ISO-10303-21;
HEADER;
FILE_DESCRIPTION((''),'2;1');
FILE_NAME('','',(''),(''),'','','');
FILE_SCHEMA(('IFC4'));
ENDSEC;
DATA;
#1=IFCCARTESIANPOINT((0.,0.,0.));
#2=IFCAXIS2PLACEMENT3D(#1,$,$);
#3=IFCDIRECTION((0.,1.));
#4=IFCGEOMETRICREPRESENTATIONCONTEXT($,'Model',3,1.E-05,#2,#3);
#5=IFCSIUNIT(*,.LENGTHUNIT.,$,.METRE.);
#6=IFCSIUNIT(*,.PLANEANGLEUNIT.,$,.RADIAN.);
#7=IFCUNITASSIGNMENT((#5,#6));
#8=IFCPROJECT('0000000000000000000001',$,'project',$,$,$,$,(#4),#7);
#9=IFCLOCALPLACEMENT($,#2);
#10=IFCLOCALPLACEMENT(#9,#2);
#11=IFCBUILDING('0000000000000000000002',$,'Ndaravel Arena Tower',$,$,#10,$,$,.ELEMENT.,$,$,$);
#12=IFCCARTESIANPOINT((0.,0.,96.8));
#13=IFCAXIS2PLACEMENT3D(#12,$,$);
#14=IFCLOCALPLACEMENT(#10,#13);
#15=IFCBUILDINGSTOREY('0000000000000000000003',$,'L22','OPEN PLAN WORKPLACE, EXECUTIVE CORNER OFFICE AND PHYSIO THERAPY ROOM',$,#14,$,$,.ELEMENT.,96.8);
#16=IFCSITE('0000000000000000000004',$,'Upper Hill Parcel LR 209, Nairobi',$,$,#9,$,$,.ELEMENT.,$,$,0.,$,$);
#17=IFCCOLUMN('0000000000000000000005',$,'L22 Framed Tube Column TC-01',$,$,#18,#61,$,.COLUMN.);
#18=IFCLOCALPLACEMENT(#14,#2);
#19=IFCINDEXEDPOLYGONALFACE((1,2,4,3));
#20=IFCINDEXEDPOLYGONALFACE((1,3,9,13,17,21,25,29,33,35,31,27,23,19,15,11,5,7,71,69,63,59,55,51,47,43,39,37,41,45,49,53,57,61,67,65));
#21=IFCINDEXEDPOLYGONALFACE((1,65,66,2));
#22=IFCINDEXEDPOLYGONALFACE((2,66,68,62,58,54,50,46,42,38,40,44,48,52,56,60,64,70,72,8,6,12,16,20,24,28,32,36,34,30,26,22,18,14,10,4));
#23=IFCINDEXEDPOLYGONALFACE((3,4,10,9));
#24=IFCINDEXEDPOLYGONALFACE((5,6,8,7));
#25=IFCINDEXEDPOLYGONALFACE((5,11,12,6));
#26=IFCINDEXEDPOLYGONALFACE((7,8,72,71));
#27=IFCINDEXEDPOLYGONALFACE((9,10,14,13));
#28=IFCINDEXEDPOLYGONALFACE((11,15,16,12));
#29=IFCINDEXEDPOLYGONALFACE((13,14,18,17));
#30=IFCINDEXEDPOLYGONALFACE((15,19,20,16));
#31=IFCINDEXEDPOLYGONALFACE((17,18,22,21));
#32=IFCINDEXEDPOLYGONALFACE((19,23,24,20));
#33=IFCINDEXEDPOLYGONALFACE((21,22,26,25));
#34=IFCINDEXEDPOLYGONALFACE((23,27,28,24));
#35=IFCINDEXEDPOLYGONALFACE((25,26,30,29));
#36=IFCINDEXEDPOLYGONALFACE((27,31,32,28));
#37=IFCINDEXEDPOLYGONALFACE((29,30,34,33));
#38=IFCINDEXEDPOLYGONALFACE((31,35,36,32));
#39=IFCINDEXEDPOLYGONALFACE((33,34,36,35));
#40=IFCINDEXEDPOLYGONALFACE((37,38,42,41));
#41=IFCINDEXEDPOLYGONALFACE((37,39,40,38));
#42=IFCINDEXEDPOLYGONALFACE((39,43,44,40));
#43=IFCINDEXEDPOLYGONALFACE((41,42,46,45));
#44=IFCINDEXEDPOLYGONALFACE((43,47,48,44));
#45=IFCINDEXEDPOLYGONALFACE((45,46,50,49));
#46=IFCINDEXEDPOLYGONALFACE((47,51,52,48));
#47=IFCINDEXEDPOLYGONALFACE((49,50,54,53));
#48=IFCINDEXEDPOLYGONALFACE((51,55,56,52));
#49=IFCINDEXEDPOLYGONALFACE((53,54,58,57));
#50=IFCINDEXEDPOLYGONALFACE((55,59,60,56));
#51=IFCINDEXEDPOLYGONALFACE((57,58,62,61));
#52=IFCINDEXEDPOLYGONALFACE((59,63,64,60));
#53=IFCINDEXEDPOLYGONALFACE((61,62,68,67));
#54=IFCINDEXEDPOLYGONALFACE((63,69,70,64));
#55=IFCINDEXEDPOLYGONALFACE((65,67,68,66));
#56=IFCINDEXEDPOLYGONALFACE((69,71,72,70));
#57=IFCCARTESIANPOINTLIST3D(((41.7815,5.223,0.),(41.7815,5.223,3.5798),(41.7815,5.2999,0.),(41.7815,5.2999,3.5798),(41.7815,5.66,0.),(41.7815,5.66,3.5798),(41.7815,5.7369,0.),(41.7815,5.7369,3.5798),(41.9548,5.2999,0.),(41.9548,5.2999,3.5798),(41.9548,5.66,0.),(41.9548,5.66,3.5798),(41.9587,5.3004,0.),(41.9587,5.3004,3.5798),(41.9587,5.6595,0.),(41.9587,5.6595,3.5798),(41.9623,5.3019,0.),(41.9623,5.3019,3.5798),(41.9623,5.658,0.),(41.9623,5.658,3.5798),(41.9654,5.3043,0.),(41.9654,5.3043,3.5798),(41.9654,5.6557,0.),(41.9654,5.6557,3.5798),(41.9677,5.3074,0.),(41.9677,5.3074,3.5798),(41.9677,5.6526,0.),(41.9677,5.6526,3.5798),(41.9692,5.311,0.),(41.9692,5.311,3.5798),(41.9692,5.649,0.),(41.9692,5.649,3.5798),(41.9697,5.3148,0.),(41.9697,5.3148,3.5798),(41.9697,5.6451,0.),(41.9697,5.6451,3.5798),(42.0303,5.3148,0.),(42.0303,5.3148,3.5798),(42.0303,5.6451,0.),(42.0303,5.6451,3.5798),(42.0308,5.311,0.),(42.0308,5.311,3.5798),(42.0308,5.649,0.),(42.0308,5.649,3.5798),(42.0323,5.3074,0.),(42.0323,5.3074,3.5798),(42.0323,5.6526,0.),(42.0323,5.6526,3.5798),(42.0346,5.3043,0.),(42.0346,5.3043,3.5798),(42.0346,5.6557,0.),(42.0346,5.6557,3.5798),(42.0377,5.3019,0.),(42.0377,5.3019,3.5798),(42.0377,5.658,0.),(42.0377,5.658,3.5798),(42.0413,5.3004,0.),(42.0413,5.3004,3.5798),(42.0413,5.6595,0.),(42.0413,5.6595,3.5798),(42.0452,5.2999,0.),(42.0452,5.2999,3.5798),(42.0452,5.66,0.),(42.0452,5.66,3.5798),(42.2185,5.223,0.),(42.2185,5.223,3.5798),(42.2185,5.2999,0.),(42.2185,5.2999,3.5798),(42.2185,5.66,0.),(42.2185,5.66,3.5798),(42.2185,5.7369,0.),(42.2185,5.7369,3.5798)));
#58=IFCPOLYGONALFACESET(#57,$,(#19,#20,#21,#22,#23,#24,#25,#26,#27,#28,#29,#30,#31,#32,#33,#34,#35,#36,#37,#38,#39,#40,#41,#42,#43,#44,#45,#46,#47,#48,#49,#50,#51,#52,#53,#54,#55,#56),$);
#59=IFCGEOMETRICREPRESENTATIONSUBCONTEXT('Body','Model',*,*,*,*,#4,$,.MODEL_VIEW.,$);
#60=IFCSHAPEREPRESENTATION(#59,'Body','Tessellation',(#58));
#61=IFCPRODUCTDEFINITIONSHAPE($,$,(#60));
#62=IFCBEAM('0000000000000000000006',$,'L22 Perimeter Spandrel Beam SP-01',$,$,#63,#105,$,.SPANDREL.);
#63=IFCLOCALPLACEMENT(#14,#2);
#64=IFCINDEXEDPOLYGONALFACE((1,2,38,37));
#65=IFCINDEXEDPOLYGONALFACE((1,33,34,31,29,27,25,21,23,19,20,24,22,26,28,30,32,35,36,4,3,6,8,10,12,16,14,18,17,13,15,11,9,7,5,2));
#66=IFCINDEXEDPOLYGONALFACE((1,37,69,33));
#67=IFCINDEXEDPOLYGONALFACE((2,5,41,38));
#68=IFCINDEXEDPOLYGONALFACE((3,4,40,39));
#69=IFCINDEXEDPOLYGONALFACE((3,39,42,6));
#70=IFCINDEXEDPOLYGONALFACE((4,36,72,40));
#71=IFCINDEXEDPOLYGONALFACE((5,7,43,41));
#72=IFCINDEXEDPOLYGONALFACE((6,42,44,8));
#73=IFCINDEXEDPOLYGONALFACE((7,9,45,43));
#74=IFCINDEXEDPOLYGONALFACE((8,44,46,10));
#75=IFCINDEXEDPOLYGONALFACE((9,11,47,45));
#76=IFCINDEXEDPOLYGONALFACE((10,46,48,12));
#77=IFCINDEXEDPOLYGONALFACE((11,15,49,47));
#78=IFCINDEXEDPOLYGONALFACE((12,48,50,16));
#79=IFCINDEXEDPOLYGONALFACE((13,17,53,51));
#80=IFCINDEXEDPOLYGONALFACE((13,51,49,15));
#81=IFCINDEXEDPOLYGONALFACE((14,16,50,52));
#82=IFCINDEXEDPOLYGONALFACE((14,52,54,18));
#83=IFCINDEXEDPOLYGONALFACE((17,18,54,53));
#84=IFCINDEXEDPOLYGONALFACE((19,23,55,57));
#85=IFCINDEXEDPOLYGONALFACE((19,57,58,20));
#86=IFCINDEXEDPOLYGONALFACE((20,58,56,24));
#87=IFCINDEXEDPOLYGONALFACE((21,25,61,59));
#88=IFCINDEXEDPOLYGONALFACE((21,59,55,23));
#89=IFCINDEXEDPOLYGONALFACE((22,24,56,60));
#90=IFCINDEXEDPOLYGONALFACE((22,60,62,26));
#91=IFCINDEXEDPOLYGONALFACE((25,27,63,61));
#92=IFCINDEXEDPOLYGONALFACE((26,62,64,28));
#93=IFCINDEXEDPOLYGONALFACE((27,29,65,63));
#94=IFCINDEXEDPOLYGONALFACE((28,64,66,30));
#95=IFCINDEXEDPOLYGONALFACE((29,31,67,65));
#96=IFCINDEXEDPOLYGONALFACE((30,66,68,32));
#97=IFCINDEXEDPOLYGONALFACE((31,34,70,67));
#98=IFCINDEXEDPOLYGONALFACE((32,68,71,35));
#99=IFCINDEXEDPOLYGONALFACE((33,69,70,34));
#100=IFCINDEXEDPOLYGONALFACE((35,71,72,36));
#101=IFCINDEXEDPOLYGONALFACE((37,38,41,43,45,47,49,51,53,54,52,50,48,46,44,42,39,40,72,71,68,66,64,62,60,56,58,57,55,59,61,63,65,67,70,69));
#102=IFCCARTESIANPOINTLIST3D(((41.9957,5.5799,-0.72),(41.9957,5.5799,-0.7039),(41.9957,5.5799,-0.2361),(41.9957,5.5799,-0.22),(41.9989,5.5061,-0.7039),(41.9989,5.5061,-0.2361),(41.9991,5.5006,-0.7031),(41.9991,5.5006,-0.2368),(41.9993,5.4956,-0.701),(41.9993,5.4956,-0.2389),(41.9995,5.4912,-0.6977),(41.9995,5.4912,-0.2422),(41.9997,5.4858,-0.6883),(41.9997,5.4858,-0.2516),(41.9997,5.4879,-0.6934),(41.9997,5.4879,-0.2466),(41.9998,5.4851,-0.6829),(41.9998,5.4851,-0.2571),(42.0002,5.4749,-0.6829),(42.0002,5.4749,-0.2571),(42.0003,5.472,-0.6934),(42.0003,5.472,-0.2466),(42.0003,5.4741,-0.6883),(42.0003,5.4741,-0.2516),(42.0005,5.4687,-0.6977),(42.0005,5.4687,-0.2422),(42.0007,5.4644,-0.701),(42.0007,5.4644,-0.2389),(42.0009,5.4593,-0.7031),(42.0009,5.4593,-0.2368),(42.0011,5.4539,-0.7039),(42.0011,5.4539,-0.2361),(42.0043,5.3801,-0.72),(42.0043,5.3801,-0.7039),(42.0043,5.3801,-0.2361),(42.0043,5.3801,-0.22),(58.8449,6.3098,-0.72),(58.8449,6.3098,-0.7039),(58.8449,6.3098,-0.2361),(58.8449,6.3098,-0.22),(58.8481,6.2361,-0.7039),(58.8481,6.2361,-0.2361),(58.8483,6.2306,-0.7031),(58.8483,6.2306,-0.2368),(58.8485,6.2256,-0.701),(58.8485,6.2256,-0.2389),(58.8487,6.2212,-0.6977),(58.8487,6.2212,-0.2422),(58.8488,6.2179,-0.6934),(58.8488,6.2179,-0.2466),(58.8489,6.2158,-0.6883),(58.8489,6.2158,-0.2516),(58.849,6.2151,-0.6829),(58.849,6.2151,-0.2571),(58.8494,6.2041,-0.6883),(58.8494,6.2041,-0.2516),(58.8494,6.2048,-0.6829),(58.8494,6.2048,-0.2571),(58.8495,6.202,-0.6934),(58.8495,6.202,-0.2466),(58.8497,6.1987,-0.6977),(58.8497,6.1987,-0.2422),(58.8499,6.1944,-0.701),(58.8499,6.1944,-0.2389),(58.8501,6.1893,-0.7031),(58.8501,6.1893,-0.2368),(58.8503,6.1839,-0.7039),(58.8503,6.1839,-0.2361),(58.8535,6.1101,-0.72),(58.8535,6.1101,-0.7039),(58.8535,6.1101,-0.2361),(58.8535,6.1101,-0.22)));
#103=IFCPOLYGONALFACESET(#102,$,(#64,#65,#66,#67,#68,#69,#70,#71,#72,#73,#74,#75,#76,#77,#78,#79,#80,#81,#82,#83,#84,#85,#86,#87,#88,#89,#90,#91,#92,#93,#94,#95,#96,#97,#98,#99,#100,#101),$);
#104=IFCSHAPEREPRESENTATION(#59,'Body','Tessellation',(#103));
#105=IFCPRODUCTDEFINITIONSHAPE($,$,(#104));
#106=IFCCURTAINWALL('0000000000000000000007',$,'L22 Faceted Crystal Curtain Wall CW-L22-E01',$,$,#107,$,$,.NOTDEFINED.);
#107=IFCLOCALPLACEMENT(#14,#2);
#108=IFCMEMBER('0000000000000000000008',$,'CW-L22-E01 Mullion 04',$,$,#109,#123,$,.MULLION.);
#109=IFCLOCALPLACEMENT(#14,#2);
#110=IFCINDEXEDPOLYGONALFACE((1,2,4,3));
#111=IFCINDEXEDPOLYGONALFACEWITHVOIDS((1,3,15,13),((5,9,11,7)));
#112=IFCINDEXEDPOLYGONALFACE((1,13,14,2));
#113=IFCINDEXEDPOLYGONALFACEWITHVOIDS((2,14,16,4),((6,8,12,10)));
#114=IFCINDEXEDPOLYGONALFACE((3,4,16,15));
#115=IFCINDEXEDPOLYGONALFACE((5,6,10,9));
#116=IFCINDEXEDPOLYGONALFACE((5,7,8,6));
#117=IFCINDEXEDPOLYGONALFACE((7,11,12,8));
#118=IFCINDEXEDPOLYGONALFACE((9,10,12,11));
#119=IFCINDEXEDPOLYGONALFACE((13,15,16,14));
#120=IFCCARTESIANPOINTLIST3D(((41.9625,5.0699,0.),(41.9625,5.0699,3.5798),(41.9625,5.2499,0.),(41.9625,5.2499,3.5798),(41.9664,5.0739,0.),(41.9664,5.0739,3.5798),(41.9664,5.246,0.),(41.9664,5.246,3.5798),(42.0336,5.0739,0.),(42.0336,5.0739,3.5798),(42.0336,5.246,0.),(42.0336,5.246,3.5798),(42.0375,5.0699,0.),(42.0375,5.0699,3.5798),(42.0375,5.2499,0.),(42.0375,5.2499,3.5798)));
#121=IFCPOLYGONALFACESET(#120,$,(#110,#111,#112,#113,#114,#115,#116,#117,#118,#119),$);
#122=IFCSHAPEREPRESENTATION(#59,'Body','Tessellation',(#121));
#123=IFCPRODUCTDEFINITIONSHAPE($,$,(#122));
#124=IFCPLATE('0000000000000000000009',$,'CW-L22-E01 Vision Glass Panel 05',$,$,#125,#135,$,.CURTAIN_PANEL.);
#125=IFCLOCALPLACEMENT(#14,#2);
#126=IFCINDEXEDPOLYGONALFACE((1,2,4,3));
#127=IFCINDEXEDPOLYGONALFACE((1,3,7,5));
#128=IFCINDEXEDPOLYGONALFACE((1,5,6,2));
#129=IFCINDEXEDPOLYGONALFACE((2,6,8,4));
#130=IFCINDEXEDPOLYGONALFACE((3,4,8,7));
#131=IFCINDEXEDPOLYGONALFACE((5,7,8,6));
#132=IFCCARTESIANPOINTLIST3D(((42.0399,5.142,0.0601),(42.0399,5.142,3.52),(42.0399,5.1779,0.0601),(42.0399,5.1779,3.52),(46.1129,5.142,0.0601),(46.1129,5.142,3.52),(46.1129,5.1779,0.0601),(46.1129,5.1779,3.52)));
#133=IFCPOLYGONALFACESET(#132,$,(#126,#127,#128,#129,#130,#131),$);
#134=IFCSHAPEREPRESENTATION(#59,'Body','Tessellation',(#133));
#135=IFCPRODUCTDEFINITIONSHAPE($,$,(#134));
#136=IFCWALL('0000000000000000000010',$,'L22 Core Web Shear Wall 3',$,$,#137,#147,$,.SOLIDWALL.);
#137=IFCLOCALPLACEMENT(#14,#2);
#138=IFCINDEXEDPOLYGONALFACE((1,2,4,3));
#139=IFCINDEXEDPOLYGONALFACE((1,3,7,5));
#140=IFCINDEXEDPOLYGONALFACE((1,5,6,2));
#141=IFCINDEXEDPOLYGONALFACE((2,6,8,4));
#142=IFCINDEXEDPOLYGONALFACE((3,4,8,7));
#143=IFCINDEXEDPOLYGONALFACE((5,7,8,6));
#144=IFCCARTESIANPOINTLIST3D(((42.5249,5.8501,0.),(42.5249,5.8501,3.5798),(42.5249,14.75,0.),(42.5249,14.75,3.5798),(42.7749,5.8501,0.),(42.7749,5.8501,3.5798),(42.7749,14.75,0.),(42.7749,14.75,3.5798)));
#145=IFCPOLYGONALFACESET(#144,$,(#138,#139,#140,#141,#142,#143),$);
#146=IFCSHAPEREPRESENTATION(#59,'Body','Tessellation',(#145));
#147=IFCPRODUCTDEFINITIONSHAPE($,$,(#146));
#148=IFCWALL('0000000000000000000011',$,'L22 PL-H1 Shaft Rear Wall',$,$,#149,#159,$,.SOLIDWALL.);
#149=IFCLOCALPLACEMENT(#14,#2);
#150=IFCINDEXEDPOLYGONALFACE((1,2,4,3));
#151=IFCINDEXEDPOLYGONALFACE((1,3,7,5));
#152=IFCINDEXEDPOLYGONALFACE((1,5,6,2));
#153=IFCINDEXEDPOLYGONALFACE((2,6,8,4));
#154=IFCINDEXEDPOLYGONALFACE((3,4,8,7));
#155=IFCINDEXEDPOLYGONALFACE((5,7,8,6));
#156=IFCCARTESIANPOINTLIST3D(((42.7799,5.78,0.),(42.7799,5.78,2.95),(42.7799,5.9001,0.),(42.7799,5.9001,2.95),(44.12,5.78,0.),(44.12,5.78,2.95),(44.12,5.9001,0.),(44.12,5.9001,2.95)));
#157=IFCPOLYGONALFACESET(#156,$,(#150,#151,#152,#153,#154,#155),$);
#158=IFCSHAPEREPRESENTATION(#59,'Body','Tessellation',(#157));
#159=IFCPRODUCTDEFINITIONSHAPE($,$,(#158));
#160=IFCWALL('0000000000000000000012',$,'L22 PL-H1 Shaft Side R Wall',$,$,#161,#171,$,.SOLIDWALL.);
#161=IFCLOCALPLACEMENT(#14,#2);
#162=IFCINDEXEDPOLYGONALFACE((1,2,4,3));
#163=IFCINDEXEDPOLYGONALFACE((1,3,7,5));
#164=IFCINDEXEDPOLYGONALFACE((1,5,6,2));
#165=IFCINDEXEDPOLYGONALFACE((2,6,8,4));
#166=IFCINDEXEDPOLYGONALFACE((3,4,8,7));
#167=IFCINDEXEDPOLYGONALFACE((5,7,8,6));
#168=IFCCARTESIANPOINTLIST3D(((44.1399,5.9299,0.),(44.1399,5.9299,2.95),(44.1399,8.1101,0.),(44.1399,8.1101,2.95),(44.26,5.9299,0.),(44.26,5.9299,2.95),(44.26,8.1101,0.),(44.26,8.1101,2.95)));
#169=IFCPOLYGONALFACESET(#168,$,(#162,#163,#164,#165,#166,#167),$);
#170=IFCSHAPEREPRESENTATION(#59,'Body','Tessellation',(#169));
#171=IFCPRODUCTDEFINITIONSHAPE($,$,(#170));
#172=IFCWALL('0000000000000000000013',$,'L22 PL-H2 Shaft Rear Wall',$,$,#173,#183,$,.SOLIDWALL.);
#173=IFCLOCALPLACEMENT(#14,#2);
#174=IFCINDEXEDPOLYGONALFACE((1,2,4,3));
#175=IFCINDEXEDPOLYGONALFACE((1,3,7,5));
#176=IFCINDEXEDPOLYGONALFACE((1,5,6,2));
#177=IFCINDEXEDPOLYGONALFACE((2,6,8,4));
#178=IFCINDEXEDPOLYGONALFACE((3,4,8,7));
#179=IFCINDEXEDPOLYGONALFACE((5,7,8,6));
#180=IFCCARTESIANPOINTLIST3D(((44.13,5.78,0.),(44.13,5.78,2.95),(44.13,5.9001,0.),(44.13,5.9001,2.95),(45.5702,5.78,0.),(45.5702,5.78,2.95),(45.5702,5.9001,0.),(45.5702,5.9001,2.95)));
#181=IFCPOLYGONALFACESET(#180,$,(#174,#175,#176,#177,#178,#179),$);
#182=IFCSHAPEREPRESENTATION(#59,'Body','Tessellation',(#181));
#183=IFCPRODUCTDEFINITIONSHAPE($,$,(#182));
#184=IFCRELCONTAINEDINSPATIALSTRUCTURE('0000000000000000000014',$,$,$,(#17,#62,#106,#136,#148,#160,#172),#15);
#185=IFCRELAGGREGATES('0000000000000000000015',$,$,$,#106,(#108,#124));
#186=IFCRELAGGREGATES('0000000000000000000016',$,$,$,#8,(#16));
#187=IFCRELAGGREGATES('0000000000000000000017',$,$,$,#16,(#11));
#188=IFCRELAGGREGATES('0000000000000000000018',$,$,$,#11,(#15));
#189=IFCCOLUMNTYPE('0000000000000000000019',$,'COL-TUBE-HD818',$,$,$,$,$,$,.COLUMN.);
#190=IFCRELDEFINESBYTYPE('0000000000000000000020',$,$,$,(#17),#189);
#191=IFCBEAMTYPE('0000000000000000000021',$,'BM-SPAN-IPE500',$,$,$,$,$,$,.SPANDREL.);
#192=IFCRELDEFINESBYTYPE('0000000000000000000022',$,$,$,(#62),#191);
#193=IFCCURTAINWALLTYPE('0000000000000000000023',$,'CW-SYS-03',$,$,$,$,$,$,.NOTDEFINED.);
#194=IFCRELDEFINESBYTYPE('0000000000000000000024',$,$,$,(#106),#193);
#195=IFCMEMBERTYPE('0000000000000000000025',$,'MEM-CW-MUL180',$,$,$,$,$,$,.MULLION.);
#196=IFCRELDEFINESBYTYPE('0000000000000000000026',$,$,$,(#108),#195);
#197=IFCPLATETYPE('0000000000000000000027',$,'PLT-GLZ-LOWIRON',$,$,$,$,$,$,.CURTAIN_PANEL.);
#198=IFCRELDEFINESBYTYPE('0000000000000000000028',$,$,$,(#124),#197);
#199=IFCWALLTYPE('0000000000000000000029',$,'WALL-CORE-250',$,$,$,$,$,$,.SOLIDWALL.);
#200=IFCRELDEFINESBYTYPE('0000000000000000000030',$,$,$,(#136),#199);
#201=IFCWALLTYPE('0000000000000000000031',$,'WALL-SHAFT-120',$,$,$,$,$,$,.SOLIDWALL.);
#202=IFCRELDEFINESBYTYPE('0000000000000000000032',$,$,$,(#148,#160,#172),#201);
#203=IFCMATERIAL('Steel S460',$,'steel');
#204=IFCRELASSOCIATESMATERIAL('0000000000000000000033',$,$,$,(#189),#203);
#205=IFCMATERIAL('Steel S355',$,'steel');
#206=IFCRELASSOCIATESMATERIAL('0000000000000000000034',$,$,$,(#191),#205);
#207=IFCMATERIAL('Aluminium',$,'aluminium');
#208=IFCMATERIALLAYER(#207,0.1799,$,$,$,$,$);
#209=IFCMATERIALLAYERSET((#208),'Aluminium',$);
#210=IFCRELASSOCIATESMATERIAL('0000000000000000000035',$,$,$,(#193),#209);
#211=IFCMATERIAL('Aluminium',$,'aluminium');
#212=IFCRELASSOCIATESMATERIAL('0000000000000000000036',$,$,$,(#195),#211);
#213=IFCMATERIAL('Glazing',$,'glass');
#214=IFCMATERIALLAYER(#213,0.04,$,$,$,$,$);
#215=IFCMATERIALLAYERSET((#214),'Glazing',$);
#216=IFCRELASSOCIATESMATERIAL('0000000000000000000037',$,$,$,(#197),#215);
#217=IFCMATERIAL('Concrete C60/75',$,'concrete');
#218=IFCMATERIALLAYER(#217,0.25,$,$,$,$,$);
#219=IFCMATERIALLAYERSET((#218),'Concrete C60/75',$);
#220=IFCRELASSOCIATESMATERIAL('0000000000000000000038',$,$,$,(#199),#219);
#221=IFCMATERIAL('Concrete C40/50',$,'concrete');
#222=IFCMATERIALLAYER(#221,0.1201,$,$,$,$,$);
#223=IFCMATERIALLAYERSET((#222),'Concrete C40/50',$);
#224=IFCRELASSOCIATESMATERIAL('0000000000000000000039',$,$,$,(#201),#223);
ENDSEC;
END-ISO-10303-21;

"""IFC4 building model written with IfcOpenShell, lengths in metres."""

from ifc_helpers import new_model, si_unit, direction, frame, frame_2d, origin, origin_2d, place, context, subcontext, project, spatial, rectangle, hollow_rectangle, i_section, extrude, material, layer, layer_set, material_profile, profile_set, type_object, element, aggregate, save


model = new_model("IFC4")

# Units and contexts
model_context = context("Model", 3, precision=1e-05, world=origin(), true_north=direction((0.0, 1.0)))
body_context = subcontext(model_context, "Body", "Model", "MODEL_VIEW")
ifc_project = project(units=[si_unit("LENGTHUNIT", "METRE"), si_unit("PLANEANGLEUNIT", "RADIAN")], contexts=[model_context])

# Site, building, storey
site_placement = place(None, origin())
site = spatial("IfcSite", under=ifc_project, at=site_placement, Name="Upper Hill Parcel LR 209, Nairobi", CompositionType="ELEMENT", RefElevation=0.0)
building_placement = place(site_placement, origin())
building = spatial("IfcBuilding", under=site, at=building_placement, Name="Ndaravel Arena Tower", CompositionType="ELEMENT")
storey_placement = place(building_placement, frame((0.0, 0.0, 96.8)))
storey = spatial("IfcBuildingStorey", under=building, at=storey_placement, Name="L22", Description="OPEN PLAN WORKPLACE, EXECUTIVE CORNER OFFICE AND PHYSIO THERAPY ROOM", CompositionType="ELEMENT", Elevation=96.8)

# Column
ifc_material_1 = material(Name="Steel S460", Category="steel")
ifc_material_profile_1 = material_profile(ifc_material_1, i_section(OverallWidth=0.437, OverallDepth=0.5139, WebThickness=0.0605, FlangeThickness=0.0769, FilletRadius=0.0149, at=origin_2d()), Name="HD 400x818")
ifc_profile_set_1 = profile_set([ifc_material_profile_1], Name="Steel S460")
column_type = type_object("IfcColumnType", Name="COL-TUBE-HD818", PredefinedType="COLUMN", material=ifc_profile_set_1)
column_placement = place(storey_placement, frame((42.0, 5.48, 0.0), z_axis=(0.0, 0.0, 1.0), x_axis=(1.0, 0.0, 0.0)))
element("IfcColumn", 1, at=column_placement, inside=storey, type_object=column_type, Name="L22 Framed Tube Column TC-01", PredefinedType="COLUMN", context=body_context, shape_type="SweptSolid", body=[
    extrude(i_section(OverallWidth=0.437, OverallDepth=0.5139, WebThickness=0.0605, FlangeThickness=0.0769, FilletRadius=0.0149, at=origin_2d()), origin(), (0.0, 0.0, 1.0), 3.5798),
])

# Beam
ifc_material_2 = material(Name="Steel S355", Category="steel")
ifc_material_profile_2 = material_profile(ifc_material_2, i_section(OverallWidth=0.2, OverallDepth=0.5, WebThickness=0.0103, FlangeThickness=0.0161, FilletRadius=0.021, at=origin_2d()), Name="IPE 500")
ifc_profile_set_2 = profile_set([ifc_material_profile_2], Name="Steel S355")
beam_type = type_object("IfcBeamType", Name="BM-SPAN-IPE500", PredefinedType="SPANDREL", material=ifc_profile_set_2)
beam_placement = place(storey_placement, frame((42.0, 5.48, -0.47), z_axis=(0.999063, 0.043284, 0.0), x_axis=(-0.043284, 0.999063, 0.0)))
element("IfcBeam", 2, at=beam_placement, inside=storey, type_object=beam_type, Name="L22 Perimeter Spandrel Beam SP-01", PredefinedType="SPANDREL", context=body_context, shape_type="SweptSolid", body=[
    extrude(i_section(OverallWidth=0.2, OverallDepth=0.5, WebThickness=0.0103, FlangeThickness=0.0161, FilletRadius=0.021, at=origin_2d()), origin(), (0.0, 0.0, 1.0), 16.865),
])

# Curtain wall, member, plate
ifc_material_3 = material(Name="Aluminium", Category="aluminium")
ifc_layer_1 = layer(ifc_material_3, 0.1799)
ifc_layer_set_1 = layer_set([ifc_layer_1], Name="Aluminium")
curtain_wall_type = type_object("IfcCurtainWallType", Name="CW-SYS-03", PredefinedType="NOTDEFINED", material=ifc_layer_set_1)
curtain_wall_placement = place(storey_placement, origin())
curtain_wall = element("IfcCurtainWall", 3, at=curtain_wall_placement, inside=storey, type_object=curtain_wall_type, Name="L22 Faceted Crystal Curtain Wall CW-L22-E01", PredefinedType="NOTDEFINED")
ifc_material_4 = material(Name="Aluminium", Category="aluminium")
ifc_material_profile_3 = material_profile(ifc_material_4, hollow_rectangle(XDim=0.075, YDim=0.1799, WallThickness=0.0039, at=origin_2d()), Name="CW MULLION 75x180x4")
ifc_profile_set_3 = profile_set([ifc_material_profile_3], Name="Aluminium")
member_type = type_object("IfcMemberType", Name="MEM-CW-MUL180", PredefinedType="MULLION", material=ifc_profile_set_3)
member_placement = place(storey_placement, frame((42.0, 5.1599, 0.0), z_axis=(0.0, 0.0, 1.0), x_axis=(1.0, 0.0, 0.0)))
member = element("IfcMember", 4, at=member_placement, type_object=member_type, Name="CW-L22-E01 Mullion 04", PredefinedType="MULLION", context=body_context, shape_type="SweptSolid", body=[
    extrude(hollow_rectangle(XDim=0.075, YDim=0.1799, WallThickness=0.0039, at=origin_2d()), origin(), (0.0, 0.0, 1.0), 3.5798),
])
ifc_material_5 = material(Name="Glazing", Category="glass")
ifc_layer_2 = layer(ifc_material_5, 0.04)
ifc_layer_set_2 = layer_set([ifc_layer_2], Name="Glazing")
plate_type = type_object("IfcPlateType", Name="PLT-GLZ-LOWIRON", PredefinedType="CURTAIN_PANEL", material=ifc_layer_set_2)
plate_placement = place(storey_placement, frame((44.0764, 5.1599, 0.0601), z_axis=(0.0, 0.0, 1.0), x_axis=(1.0, 0.0, 0.0)))
plate = element("IfcPlate", 5, at=plate_placement, type_object=plate_type, Name="CW-L22-E01 Vision Glass Panel 05", PredefinedType="CURTAIN_PANEL", context=body_context, shape_type="SweptSolid", body=[
    extrude(rectangle(XDim=4.073, YDim=0.0359, at=origin_2d()), origin(), (0.0, 0.0, 1.0), 3.46),
])
aggregate(curtain_wall, [member, plate])

# Walls
ifc_material_6 = material(Name="Concrete C60/75", Category="concrete")
ifc_layer_3 = layer(ifc_material_6, 0.25)
ifc_layer_set_3 = layer_set([ifc_layer_3], Name="Concrete C60/75")
wall_type_1 = type_object("IfcWallType", Name="WALL-CORE-250", PredefinedType="SOLIDWALL", material=ifc_layer_set_3)
wall_1_placement = place(storey_placement, frame((42.6499, 5.8501, 0.0), z_axis=(0.0, 0.0, 1.0), x_axis=(0.0, 1.0, 0.0)))
element("IfcWall", 6, at=wall_1_placement, inside=storey, type_object=wall_type_1, Name="L22 Core Web Shear Wall 3", PredefinedType="SOLIDWALL", context=body_context, shape_type="SweptSolid", body=[
    extrude(rectangle(XDim=8.8999, YDim=0.25, at=frame_2d((4.45, 0.0))), origin(), (0.0, 0.0, 1.0), 3.5798),
])
ifc_material_7 = material(Name="Concrete C40/50", Category="concrete")
ifc_layer_4 = layer(ifc_material_7, 0.1201)
ifc_layer_set_4 = layer_set([ifc_layer_4], Name="Concrete C40/50")
wall_type_2 = type_object("IfcWallType", Name="WALL-SHAFT-120", PredefinedType="SOLIDWALL", material=ifc_layer_set_4)
wall_2_placement = place(storey_placement, frame((42.78, 5.8401, 0.0), z_axis=(0.0, 0.0, 1.0), x_axis=(1.0, 0.0, 0.0)))
element("IfcWall", 7, at=wall_2_placement, inside=storey, type_object=wall_type_2, Name="L22 PL-H1 Shaft Rear Wall", PredefinedType="SOLIDWALL", context=body_context, shape_type="SweptSolid", body=[
    extrude(rectangle(XDim=1.3401, YDim=0.1201, at=frame_2d((0.6699, 0.0))), origin(), (0.0, 0.0, 1.0), 2.95),
])
wall_3_placement = place(storey_placement, frame((44.2, 5.9299, 0.0), z_axis=(0.0, 0.0, 1.0), x_axis=(0.0, 1.0, 0.0)))
element("IfcWall", 8, at=wall_3_placement, inside=storey, type_object=wall_type_2, Name="L22 PL-H1 Shaft Side R Wall", PredefinedType="SOLIDWALL", context=body_context, shape_type="SweptSolid", body=[
    extrude(rectangle(XDim=2.1802, YDim=0.1201, at=frame_2d((1.0901, 0.0))), origin(), (0.0, 0.0, 1.0), 2.95),
])
wall_4_placement = place(storey_placement, frame((44.1299, 5.8401, 0.0), z_axis=(0.0, 0.0, 1.0), x_axis=(1.0, 0.0, 0.0)))
element("IfcWall", 9, at=wall_4_placement, inside=storey, type_object=wall_type_2, Name="L22 PL-H2 Shaft Rear Wall", PredefinedType="SOLIDWALL", context=body_context, shape_type="SweptSolid", body=[
    extrude(rectangle(XDim=1.4402, YDim=0.1201, at=frame_2d((0.7202, 0.0))), origin(), (0.0, 0.0, 1.0), 2.95),
])

save(model, "model.ifc")
